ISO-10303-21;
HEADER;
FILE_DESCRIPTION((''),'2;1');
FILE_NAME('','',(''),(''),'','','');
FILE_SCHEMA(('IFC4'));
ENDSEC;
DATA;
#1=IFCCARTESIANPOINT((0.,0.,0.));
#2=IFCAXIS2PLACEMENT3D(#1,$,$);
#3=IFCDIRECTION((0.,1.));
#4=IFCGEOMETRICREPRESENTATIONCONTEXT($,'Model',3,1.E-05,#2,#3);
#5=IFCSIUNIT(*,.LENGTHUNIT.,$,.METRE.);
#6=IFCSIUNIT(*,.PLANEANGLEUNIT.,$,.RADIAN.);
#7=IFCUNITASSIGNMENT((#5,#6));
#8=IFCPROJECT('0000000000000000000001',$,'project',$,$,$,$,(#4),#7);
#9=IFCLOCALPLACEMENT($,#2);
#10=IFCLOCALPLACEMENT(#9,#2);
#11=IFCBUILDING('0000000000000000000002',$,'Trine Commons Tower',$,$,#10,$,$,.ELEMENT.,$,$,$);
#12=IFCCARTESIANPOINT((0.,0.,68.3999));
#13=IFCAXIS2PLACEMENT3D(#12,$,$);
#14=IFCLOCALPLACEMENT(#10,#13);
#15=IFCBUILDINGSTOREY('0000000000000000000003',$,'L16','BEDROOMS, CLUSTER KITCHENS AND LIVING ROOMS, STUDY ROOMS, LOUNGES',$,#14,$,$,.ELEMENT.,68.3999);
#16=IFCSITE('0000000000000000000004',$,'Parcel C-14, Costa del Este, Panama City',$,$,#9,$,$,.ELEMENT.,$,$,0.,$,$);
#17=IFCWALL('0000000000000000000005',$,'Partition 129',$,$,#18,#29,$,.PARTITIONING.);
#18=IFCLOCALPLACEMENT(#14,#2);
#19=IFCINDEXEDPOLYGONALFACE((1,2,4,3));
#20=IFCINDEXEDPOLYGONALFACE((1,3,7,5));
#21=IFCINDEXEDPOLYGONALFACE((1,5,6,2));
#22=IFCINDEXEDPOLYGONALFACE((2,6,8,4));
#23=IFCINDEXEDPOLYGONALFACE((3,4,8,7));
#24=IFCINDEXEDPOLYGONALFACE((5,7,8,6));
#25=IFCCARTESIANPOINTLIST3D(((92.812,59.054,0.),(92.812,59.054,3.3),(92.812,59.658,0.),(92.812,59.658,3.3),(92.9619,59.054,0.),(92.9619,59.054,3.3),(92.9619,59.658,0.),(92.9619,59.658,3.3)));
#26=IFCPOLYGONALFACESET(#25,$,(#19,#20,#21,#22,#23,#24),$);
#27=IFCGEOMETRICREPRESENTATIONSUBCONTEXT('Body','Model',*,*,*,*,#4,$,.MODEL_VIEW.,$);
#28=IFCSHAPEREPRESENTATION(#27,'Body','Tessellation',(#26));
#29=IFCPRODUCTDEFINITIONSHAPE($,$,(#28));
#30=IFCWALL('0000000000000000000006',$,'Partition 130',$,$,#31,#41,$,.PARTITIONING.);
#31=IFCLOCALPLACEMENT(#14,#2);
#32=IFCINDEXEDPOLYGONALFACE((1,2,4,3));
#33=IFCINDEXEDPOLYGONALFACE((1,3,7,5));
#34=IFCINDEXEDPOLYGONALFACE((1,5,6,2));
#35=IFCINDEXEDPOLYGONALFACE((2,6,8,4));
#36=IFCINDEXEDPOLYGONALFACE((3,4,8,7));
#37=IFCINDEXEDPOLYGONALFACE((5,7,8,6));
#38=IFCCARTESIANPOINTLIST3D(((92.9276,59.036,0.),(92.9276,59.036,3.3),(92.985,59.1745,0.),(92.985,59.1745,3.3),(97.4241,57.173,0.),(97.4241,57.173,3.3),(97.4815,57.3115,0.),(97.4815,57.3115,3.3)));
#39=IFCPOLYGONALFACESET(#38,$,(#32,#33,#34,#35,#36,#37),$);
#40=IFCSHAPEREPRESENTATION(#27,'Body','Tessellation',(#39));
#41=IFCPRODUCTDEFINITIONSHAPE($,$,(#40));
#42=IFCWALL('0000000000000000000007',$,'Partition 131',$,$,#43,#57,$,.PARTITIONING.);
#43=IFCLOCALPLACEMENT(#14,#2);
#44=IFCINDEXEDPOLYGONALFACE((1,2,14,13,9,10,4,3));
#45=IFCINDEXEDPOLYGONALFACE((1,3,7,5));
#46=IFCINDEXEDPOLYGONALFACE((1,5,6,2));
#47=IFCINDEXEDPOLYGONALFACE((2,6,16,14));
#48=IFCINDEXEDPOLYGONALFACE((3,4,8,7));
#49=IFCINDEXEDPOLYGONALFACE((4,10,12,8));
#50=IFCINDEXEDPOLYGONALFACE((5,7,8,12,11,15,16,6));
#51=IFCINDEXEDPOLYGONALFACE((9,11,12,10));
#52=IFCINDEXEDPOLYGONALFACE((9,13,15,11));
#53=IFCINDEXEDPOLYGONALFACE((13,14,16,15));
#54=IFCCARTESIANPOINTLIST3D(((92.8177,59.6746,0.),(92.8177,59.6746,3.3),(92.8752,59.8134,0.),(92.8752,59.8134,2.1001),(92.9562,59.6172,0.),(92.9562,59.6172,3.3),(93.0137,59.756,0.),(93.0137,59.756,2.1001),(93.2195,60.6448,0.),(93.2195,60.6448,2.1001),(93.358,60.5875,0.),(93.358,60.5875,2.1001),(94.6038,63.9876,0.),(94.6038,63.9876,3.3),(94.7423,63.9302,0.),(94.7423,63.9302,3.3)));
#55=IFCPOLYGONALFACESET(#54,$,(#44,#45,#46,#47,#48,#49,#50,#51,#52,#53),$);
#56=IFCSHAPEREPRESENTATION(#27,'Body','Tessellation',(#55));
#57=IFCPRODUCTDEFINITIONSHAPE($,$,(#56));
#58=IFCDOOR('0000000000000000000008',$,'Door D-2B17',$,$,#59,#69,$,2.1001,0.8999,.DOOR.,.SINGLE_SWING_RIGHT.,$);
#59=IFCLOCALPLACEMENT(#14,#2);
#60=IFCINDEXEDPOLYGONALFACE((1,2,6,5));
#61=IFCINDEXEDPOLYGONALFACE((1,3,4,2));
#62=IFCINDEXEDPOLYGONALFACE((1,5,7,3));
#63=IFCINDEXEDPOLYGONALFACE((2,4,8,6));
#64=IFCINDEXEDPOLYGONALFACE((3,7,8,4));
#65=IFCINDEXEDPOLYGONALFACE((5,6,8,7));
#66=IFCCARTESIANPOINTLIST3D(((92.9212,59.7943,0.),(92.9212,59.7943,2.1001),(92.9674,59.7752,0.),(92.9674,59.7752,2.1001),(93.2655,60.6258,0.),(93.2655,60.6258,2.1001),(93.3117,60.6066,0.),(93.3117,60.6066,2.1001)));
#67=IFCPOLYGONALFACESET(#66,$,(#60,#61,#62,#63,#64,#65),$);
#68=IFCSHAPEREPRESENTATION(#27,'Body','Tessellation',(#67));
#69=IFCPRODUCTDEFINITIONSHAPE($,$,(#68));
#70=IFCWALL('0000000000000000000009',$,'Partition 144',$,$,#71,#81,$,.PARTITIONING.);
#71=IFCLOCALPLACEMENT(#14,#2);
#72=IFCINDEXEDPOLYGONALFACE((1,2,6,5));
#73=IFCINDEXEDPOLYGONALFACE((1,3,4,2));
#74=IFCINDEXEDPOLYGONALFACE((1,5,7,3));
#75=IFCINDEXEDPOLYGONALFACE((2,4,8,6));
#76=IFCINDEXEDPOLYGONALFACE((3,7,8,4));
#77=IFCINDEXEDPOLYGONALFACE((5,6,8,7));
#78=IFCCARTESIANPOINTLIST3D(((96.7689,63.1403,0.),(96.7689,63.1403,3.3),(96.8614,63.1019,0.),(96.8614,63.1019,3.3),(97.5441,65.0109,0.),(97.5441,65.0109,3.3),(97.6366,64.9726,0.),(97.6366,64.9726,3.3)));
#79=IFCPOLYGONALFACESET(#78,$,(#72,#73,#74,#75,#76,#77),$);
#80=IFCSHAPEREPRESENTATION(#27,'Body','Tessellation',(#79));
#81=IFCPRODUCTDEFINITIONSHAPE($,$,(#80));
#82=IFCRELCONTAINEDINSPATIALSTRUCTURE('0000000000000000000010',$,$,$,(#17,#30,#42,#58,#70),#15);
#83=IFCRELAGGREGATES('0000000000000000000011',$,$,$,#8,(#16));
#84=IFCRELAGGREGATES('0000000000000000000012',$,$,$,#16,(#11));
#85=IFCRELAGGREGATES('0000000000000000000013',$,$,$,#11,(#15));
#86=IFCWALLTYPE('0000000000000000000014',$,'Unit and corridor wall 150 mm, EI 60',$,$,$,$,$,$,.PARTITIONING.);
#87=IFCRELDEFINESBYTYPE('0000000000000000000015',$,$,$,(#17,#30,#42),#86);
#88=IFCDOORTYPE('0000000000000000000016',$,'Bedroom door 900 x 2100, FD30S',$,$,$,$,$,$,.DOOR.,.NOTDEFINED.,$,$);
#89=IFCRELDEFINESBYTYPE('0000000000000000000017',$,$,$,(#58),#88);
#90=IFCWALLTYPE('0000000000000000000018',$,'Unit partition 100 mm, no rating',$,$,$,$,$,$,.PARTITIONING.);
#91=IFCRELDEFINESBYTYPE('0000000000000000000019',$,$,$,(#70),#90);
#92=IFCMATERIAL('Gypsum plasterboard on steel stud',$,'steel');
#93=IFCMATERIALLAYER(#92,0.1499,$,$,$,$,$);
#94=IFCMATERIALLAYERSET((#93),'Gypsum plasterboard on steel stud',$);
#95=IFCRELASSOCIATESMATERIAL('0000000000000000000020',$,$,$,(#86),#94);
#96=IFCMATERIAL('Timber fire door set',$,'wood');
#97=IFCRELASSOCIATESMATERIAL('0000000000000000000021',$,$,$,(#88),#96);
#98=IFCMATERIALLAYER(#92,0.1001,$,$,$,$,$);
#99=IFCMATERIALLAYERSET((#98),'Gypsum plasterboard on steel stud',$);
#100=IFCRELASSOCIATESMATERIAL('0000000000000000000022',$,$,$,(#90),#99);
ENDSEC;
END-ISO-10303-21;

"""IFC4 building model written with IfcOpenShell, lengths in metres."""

from ifc_helpers import new_model, si_unit, direction, frame, frame_2d, origin, place, context, subcontext, project, spatial, rectangle, extrude, material, layer, layer_set, type_object, element, fill, save


model = new_model("IFC4")

# Units and contexts
model_context = context("Model", 3, precision=1e-05, world=origin(), true_north=direction((0.0, 1.0)))
body_context = subcontext(model_context, "Body", "Model", "MODEL_VIEW")
ifc_project = project(units=[si_unit("LENGTHUNIT", "METRE"), si_unit("PLANEANGLEUNIT", "RADIAN")], contexts=[model_context])

# Site, building, storey
site_placement = place(None, origin())
site = spatial("IfcSite", under=ifc_project, at=site_placement, Name="Parcel C-14, Costa del Este, Panama City", CompositionType="ELEMENT", RefElevation=0.0)
building_placement = place(site_placement, origin())
building = spatial("IfcBuilding", under=site, at=building_placement, Name="Trine Commons Tower", CompositionType="ELEMENT")
storey_placement = place(building_placement, frame((0.0, 0.0, 68.3999)))
storey = spatial("IfcBuildingStorey", under=building, at=storey_placement, Name="L16", Description="BEDROOMS, CLUSTER KITCHENS AND LIVING ROOMS, STUDY ROOMS, LOUNGES", CompositionType="ELEMENT", Elevation=68.3999)

# Shared definitions
ifc_material_1 = material(Name="Gypsum plasterboard on steel stud", Category="steel")
ifc_layer_1 = layer(ifc_material_1, 0.1499)
ifc_layer_set_1 = layer_set([ifc_layer_1], Name="Gypsum plasterboard on steel stud")
wall_type_1 = type_object("IfcWallType", Name="Unit and corridor wall 150 mm, EI 60", PredefinedType="PARTITIONING", material=ifc_layer_set_1)

# Walls
wall_1_placement = place(storey_placement, frame((92.887, 59.054, 0.0), z_axis=(0.0, 0.0, 1.0), x_axis=(0.0, 1.0, 0.0)))
element("IfcWall", 1, at=wall_1_placement, inside=storey, type_object=wall_type_1, Name="Partition 129", PredefinedType="PARTITIONING", context=body_context, shape_type="SweptSolid", body=[
    extrude(rectangle(XDim=0.604, YDim=0.1499, at=frame_2d((0.302, 0.0))), origin(), (0.0, 0.0, 1.0), 3.3),
])
wall_2_placement = place(storey_placement, frame((92.9563, 59.1052, 0.0), z_axis=(0.0, 0.0, 1.0), x_axis=(0.923844, -0.38277, 0.0)))
element("IfcWall", 2, at=wall_2_placement, inside=storey, type_object=wall_type_1, Name="Partition 130", PredefinedType="PARTITIONING", context=body_context, shape_type="SweptSolid", body=[
    extrude(rectangle(XDim=4.8672, YDim=0.1499, at=frame_2d((2.4336, 0.0))), origin(), (0.0, 0.0, 1.0), 3.3),
])

# Wall, opening, door
wall_3_placement = place(storey_placement, frame((92.887, 59.646, 0.0), z_axis=(0.0, 0.0, 1.0), x_axis=(0.382617, 0.923907, 0.0)))
wall_3 = element("IfcWall", 3, at=wall_3_placement, inside=storey, type_object=wall_type_1, Name="Partition 131", PredefinedType="PARTITIONING", context=body_context, shape_type="SweptSolid", body=[
    extrude(rectangle(XDim=4.6682, YDim=0.1499, at=frame_2d((2.334, 0.0))), origin(), (0.0, 0.0, 1.0), 3.3),
])
opening_1_placement = place(wall_3_placement, frame((0.1501, 0.0, 0.0)))
opening_1 = element("IfcOpeningElement", 4, at=opening_1_placement, cuts=wall_3, PredefinedType="OPENING", context=body_context, shape_type="SweptSolid", body=[
    extrude(rectangle(XDim=0.8999, YDim=2.1001, at=frame_2d((0.45, 1.05))), frame((0.0, 0.085, 0.0), z_axis=(0.0, -1.0, 0.0), x_axis=(1.0, 0.0, 0.0)), (0.0, 0.0, 1.0), 0.1699),
])
ifc_material_2 = material(Name="Timber fire door set", Category="wood")
door_type_1 = type_object("IfcDoorType", Name="Bedroom door 900 x 2100, FD30S", OperationType="NOTDEFINED", PredefinedType="DOOR", material=ifc_material_2)
door_1_placement = place(opening_1_placement, frame((0.8999, 0.0, 0.0), z_axis=(0.0, 0.0, 1.0), x_axis=(-1.0, 0.0, 0.0)))
door_1 = element("IfcDoor", 5, at=door_1_placement, inside=storey, type_object=door_type_1, Name="Door D-2B17", OperationType="SINGLE_SWING_RIGHT", OverallHeight=2.1001, OverallWidth=0.8999, PredefinedType="DOOR", context=body_context, shape_type="SweptSolid", body=[
    extrude(rectangle(XDim=0.8999, YDim=2.1001, at=frame_2d((0.45, 1.05))), frame((0.0, 0.0249, 0.0), z_axis=(0.0, -1.0, 0.0), x_axis=(1.0, 0.0, 0.0)), (0.0, 0.0, 1.0), 0.05),
])
fill(opening_1, door_1)

# Wall
ifc_layer_2 = layer(ifc_material_1, 0.1001)
ifc_layer_set_2 = layer_set([ifc_layer_2], Name="Gypsum plasterboard on steel stud")
wall_type_2 = type_object("IfcWallType", Name="Unit partition 100 mm, no rating", PredefinedType="PARTITIONING", material=ifc_layer_set_2)
wall_4_placement = place(storey_placement, frame((96.8152, 63.1211, 0.0), z_axis=(0.0, 0.0, 1.0), x_axis=(0.382817, 0.923824, 0.0)))
element("IfcWall", 6, at=wall_4_placement, inside=storey, type_object=wall_type_2, Name="Partition 144", PredefinedType="PARTITIONING", context=body_context, shape_type="SweptSolid", body=[
    extrude(rectangle(XDim=2.0249, YDim=0.1001, at=frame_2d((1.0125, 0.0))), origin(), (0.0, 0.0, 1.0), 3.3),
])

save(model, "model.ifc")
